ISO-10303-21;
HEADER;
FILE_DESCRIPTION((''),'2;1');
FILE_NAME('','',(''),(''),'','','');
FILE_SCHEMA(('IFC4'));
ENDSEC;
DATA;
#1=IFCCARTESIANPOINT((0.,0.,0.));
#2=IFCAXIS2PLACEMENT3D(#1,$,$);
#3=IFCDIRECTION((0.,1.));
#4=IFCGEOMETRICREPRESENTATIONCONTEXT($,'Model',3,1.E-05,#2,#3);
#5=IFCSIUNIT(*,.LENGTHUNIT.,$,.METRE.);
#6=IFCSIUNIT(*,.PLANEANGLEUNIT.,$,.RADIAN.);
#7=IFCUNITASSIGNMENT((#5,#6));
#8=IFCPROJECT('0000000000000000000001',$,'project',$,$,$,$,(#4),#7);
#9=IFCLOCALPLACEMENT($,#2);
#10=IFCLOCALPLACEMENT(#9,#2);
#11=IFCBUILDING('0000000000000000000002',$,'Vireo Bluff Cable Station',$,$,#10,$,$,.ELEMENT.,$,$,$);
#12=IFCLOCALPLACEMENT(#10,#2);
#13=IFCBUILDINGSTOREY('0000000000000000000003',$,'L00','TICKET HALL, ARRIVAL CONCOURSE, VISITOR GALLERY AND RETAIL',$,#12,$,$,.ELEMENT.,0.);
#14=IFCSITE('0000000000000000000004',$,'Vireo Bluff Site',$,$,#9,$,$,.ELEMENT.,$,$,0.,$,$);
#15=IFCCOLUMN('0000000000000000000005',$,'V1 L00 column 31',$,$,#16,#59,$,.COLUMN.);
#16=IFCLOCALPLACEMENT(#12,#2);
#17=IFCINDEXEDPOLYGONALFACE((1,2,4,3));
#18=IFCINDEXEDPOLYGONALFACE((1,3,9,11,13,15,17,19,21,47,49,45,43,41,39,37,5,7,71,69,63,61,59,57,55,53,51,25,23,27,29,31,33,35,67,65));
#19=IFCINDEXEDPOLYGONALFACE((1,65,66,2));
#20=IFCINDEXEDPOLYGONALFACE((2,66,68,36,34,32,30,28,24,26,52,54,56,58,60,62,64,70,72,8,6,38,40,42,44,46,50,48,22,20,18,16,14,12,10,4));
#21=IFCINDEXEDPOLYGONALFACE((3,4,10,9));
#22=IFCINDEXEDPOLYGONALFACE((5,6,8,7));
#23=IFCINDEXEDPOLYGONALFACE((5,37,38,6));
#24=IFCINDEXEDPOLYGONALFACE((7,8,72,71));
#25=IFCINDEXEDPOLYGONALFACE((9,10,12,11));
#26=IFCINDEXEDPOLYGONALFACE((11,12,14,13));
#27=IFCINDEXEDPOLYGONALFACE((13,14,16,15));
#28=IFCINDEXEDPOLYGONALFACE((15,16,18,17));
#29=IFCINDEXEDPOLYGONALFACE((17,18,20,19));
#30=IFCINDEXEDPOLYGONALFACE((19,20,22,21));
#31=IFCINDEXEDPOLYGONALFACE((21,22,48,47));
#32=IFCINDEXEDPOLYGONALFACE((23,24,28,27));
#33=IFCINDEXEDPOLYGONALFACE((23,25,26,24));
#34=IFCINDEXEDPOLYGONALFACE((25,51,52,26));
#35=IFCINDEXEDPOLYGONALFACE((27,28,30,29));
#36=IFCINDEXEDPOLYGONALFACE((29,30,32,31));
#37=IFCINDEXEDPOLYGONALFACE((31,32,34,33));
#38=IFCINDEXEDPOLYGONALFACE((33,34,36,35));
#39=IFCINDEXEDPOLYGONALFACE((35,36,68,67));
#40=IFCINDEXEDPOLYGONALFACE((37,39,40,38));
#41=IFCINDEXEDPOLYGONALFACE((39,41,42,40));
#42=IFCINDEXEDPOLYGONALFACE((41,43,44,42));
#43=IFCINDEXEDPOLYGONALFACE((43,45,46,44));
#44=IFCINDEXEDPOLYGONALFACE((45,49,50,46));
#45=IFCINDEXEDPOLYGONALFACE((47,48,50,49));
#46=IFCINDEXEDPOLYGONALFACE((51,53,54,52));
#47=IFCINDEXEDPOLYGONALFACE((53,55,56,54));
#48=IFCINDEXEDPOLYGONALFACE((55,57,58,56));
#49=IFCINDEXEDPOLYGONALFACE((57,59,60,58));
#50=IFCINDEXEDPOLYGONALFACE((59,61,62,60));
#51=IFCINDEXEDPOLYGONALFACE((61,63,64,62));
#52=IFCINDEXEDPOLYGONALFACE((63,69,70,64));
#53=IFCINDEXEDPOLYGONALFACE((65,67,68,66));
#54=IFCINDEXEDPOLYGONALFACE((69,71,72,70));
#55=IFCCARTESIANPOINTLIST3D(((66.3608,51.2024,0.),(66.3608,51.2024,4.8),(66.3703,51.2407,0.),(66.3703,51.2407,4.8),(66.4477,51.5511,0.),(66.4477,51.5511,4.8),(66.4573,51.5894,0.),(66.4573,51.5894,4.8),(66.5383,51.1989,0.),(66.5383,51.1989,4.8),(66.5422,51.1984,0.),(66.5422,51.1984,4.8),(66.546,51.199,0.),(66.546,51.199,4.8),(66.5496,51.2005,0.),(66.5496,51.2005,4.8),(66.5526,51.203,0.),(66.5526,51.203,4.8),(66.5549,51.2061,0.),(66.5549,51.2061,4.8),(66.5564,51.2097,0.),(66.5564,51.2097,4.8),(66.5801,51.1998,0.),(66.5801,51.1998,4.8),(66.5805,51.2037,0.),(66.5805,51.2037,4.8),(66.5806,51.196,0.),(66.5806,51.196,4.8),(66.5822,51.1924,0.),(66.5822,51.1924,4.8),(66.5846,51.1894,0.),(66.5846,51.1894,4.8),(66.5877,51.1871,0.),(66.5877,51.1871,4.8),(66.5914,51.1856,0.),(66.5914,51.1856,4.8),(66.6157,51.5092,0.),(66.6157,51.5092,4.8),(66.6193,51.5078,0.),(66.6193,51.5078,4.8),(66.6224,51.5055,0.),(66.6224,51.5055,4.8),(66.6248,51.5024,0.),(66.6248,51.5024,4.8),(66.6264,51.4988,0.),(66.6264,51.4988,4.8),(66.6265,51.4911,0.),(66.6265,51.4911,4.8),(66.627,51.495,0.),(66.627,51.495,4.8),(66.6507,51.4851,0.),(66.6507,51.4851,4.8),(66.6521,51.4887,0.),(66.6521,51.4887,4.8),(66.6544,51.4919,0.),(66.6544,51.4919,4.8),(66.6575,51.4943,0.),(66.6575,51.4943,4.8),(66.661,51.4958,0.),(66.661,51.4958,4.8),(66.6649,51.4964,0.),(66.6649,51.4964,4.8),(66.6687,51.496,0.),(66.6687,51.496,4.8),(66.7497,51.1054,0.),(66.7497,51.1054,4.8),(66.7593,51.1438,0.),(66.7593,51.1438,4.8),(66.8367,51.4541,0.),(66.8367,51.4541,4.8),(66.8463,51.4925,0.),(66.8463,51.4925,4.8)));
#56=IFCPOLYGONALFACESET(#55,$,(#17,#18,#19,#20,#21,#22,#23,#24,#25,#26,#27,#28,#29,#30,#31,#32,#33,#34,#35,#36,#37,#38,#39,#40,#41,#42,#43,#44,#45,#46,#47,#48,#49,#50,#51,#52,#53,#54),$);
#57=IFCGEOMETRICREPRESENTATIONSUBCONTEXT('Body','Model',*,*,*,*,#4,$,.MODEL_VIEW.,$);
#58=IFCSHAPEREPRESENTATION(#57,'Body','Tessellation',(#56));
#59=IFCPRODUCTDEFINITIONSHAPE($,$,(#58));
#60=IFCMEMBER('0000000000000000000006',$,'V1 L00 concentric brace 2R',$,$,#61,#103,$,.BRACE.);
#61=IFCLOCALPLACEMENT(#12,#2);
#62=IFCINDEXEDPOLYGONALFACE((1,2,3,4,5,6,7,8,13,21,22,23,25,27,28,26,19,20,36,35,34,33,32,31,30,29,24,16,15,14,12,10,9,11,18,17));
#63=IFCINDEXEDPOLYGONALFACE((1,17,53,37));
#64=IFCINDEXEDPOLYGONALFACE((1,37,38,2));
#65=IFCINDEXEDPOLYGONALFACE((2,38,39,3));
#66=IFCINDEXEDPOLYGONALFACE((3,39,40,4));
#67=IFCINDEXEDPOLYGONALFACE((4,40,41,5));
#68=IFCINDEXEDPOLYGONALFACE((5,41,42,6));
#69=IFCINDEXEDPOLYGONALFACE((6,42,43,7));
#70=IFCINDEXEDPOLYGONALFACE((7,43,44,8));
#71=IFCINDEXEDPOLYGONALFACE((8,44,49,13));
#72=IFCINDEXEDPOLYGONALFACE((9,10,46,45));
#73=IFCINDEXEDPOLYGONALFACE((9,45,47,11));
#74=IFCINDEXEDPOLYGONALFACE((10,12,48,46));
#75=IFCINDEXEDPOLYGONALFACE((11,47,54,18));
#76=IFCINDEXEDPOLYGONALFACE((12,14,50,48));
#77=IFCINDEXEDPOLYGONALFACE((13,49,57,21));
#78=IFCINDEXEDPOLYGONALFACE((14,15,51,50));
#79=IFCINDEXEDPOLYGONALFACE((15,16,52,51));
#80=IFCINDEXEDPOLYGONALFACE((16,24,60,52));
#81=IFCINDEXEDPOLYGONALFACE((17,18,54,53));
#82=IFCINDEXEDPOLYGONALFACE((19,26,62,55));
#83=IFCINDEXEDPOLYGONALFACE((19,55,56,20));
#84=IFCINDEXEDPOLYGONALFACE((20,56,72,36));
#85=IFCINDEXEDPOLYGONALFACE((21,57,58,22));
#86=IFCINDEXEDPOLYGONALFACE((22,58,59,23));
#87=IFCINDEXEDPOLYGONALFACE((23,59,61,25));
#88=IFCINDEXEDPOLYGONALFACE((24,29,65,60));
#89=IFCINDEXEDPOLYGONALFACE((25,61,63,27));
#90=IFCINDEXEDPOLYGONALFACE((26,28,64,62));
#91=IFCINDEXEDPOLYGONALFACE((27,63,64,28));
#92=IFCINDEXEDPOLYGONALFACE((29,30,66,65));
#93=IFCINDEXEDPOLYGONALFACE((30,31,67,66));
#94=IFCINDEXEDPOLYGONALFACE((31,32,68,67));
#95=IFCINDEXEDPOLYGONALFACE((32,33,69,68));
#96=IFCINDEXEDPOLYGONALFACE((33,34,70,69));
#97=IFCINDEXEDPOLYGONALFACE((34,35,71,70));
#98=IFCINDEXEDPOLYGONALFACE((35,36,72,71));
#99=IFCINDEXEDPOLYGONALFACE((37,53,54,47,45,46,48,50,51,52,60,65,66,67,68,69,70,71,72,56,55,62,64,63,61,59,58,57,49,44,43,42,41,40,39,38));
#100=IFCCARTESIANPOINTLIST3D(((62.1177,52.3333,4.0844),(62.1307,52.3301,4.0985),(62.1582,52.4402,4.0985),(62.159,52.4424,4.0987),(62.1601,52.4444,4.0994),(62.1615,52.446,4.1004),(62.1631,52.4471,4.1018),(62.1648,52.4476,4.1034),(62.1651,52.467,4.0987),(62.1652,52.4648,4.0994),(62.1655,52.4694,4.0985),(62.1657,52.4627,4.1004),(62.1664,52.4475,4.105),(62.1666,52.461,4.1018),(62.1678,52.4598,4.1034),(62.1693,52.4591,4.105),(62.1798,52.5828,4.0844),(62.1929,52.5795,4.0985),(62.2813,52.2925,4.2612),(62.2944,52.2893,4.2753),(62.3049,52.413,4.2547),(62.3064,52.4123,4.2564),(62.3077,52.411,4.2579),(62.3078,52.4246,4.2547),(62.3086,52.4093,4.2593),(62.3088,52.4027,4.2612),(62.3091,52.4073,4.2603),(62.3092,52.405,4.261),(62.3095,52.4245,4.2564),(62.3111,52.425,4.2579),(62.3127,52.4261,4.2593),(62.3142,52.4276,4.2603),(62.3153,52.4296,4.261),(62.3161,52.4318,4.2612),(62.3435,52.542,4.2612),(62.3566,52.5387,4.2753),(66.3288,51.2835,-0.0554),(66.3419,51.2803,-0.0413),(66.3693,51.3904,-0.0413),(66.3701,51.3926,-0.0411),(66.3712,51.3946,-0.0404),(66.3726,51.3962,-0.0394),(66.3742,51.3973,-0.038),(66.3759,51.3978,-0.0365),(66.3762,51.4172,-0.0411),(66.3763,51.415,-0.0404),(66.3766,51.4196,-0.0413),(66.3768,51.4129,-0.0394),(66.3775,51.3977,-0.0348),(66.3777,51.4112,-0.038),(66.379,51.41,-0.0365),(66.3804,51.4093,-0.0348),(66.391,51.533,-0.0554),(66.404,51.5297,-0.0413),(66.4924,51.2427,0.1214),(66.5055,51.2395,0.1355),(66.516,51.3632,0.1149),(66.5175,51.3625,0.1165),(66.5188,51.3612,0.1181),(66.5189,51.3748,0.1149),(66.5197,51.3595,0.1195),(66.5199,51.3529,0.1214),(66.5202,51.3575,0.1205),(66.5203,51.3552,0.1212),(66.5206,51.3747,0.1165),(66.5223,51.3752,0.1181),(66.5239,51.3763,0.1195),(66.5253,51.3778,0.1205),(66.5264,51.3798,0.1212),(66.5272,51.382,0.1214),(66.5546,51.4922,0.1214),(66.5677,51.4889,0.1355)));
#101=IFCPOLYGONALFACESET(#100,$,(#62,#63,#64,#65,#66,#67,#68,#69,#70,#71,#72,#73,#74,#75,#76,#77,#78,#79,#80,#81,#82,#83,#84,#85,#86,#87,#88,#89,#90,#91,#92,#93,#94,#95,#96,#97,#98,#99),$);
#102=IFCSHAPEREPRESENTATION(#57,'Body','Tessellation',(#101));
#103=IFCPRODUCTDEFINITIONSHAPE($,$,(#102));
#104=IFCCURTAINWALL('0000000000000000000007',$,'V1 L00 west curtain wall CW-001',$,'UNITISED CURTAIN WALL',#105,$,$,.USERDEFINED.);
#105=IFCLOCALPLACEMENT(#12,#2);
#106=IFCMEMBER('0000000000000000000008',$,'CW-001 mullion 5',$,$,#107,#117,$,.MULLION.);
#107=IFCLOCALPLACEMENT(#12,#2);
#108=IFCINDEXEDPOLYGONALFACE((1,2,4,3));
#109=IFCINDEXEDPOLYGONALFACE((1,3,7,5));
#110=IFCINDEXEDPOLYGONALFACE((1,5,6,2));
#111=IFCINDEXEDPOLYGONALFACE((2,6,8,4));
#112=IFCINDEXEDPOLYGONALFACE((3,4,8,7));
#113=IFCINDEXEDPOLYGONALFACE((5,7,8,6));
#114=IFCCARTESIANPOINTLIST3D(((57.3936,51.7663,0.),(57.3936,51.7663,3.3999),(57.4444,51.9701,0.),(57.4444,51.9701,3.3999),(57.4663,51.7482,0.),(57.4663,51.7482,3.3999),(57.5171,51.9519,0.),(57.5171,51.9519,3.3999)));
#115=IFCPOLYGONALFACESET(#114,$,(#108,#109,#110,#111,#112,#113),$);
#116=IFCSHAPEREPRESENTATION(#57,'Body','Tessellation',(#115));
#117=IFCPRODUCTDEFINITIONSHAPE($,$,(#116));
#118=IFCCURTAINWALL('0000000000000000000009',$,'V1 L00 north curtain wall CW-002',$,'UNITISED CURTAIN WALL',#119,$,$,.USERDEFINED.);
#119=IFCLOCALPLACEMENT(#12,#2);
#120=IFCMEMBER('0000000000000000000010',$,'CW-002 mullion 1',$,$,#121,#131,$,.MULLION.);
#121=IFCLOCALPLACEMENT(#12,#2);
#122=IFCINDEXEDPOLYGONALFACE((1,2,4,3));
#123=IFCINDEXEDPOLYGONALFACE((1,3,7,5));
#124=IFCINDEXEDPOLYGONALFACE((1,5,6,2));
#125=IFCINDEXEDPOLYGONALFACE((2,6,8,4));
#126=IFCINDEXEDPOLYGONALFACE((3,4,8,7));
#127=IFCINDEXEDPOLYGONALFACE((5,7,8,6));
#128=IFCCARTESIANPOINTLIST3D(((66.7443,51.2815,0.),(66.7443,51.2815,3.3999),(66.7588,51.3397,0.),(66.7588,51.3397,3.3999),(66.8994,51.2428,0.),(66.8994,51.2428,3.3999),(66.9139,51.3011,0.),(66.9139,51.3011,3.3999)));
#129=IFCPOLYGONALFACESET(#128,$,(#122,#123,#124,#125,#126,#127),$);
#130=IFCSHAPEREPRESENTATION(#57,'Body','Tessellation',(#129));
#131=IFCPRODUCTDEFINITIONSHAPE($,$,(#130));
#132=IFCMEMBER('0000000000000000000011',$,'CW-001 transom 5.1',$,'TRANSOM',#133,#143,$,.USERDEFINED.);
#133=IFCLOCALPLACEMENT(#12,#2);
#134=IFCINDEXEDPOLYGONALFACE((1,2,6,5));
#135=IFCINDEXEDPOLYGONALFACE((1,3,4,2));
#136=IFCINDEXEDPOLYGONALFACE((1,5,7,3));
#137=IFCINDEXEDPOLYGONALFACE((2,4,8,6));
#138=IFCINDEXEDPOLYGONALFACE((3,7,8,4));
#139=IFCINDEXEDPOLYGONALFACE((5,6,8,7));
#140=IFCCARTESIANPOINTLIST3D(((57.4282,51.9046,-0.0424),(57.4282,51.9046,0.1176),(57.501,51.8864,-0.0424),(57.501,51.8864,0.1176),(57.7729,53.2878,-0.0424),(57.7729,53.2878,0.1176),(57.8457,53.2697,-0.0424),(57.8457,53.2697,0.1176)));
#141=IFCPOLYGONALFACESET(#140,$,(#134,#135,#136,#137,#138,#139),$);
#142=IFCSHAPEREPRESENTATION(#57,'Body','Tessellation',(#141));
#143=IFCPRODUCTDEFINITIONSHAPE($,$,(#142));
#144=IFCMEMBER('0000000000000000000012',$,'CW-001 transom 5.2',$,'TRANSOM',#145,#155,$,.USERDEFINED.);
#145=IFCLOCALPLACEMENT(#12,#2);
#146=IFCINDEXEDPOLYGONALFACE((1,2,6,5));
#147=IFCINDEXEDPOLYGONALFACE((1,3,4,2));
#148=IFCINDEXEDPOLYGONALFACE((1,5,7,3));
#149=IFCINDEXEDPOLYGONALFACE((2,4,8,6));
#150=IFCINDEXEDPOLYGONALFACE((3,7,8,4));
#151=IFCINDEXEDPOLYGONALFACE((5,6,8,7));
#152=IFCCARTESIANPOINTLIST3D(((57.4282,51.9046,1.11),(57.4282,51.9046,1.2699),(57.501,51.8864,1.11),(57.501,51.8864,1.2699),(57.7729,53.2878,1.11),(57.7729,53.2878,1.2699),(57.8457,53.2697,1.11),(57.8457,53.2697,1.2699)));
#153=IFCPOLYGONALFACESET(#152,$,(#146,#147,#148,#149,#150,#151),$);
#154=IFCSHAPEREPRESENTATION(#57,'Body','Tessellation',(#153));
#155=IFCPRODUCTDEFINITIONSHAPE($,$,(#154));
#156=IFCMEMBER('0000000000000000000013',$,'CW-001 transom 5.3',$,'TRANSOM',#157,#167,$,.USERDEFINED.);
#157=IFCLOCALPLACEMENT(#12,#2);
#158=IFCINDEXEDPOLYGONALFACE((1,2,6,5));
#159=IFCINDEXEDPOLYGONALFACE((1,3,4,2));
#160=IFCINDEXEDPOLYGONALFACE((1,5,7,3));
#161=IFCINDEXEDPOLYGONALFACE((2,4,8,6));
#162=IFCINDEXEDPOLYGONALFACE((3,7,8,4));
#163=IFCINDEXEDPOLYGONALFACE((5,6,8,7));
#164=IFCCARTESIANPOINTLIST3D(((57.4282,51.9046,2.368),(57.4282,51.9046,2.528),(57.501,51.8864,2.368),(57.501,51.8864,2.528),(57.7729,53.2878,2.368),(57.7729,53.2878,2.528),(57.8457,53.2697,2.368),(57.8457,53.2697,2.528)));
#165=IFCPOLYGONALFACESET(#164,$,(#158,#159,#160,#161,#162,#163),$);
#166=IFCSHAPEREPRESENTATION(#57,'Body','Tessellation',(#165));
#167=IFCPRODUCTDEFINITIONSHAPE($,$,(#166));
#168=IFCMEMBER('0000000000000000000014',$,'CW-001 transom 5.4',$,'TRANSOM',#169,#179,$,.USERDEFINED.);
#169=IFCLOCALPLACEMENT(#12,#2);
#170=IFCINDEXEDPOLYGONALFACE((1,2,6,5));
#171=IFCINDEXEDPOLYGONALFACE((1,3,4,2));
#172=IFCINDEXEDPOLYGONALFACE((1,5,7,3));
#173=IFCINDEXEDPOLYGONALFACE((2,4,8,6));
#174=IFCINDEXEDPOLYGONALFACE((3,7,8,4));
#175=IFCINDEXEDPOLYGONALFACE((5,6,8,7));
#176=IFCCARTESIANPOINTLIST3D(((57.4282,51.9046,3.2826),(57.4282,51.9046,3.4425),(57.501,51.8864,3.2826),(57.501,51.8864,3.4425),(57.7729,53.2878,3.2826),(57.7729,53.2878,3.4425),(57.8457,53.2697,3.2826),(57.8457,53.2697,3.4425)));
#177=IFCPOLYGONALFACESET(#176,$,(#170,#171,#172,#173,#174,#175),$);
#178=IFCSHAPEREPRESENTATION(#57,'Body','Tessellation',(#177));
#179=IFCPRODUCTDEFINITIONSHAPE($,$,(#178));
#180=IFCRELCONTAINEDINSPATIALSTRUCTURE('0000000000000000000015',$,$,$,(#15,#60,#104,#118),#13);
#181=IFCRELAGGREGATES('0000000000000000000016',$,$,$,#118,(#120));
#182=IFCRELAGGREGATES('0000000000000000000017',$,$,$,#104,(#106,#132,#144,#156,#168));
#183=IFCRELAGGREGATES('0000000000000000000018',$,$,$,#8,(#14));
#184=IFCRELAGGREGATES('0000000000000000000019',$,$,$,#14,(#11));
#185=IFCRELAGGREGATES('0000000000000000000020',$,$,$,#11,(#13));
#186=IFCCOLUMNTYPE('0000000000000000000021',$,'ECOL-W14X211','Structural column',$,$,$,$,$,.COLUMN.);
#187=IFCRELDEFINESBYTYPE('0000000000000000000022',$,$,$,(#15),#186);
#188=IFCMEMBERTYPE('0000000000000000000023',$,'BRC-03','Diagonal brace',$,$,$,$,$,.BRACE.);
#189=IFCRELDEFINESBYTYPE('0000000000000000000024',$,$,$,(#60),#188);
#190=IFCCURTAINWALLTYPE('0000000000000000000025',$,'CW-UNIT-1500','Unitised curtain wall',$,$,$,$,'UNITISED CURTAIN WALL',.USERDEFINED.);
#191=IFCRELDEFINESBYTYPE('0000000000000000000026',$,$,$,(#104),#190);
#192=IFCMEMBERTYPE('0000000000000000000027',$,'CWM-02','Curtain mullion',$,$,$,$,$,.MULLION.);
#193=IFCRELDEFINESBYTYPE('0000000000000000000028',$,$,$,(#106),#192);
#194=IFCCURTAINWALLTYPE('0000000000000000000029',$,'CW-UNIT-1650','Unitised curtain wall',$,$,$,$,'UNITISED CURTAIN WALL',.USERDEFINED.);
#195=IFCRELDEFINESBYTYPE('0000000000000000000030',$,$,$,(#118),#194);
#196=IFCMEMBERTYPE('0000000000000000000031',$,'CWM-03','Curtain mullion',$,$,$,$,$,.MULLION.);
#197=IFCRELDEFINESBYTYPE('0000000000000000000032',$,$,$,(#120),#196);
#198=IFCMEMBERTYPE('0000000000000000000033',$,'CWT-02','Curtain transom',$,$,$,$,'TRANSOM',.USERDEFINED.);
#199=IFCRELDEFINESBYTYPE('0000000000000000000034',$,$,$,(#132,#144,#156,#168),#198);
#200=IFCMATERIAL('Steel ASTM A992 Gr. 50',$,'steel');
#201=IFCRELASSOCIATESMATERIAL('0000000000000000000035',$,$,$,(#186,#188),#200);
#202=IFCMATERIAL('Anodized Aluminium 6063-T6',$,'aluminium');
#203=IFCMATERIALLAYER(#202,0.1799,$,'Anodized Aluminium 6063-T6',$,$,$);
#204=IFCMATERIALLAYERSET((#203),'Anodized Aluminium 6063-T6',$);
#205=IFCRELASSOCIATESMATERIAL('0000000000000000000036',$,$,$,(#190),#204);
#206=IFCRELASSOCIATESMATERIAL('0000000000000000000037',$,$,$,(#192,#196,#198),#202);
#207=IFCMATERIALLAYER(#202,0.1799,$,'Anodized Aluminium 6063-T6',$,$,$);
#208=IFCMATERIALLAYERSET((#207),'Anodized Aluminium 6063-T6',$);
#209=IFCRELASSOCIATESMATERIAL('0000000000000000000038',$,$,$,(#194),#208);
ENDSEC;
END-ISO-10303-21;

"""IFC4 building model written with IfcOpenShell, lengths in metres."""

from ifc_helpers import new_model, si_unit, direction, frame, origin, origin_2d, place, context, subcontext, project, spatial, rectangle, i_section, extrude, material, layer, layer_set, material_profile, profile_set, type_object, element, aggregate, save


model = new_model("IFC4")

# Units and contexts
model_context = context("Model", 3, precision=1e-05, world=origin(), true_north=direction((0.0, 1.0)))
body_context = subcontext(model_context, "Body", "Model", "MODEL_VIEW")
ifc_project = project(units=[si_unit("LENGTHUNIT", "METRE"), si_unit("PLANEANGLEUNIT", "RADIAN")], contexts=[model_context])

# Site, building, storey
site_placement = place(None, origin())
site = spatial("IfcSite", under=ifc_project, at=site_placement, Name="Vireo Bluff Site", CompositionType="ELEMENT", RefElevation=0.0)
building_placement = place(site_placement, origin())
building = spatial("IfcBuilding", under=site, at=building_placement, Name="Vireo Bluff Cable Station", CompositionType="ELEMENT")
storey_placement = place(building_placement, origin())
storey = spatial("IfcBuildingStorey", under=building, at=storey_placement, Name="L00", Description="TICKET HALL, ARRIVAL CONCOURSE, VISITOR GALLERY AND RETAIL", CompositionType="ELEMENT", Elevation=0.0)

# Column
ifc_material_1 = material(Name="Steel ASTM A992 Gr. 50", Category="steel")
ifc_material_profile_1 = material_profile(ifc_material_1, i_section(OverallWidth=0.4009, OverallDepth=0.3989, WebThickness=0.0249, FlangeThickness=0.0396, FilletRadius=0.0149, at=origin_2d()), Name="W14X211")
ifc_profile_set_1 = profile_set([ifc_material_profile_1], Name="Steel ASTM A992 Gr. 50")
column_type = type_object("IfcColumnType", Name="ECOL-W14X211", Description="Structural column", PredefinedType="COLUMN", material=ifc_profile_set_1)
column_placement = place(storey_placement, frame((66.6035, 51.3474, 0.0), z_axis=(0.0, 0.0, 1.0), x_axis=(0.970296, -0.241922, 0.0)))
element("IfcColumn", 1, at=column_placement, inside=storey, type_object=column_type, Name="V1 L00 column 31", PredefinedType="COLUMN", context=body_context, shape_type="SweptSolid", body=[
    extrude(i_section(OverallWidth=0.4009, OverallDepth=0.3989, WebThickness=0.0249, FlangeThickness=0.0396, FilletRadius=0.0149, at=origin_2d()), origin(), (0.0, 0.0, 1.0), 4.8),
])

# Member
ifc_material_profile_2 = material_profile(ifc_material_1, i_section(OverallWidth=0.2571, OverallDepth=0.2639, WebThickness=0.012, FlangeThickness=0.0195, FilletRadius=0.009, at=origin_2d()), Name="W10X68")
ifc_profile_set_2 = profile_set([ifc_material_profile_2], Name="Steel ASTM A992 Gr. 50")
member_type_1 = type_object("IfcMemberType", Name="BRC-03", Description="Diagonal brace", PredefinedType="BRACE", material=ifc_profile_set_2)
member_1_placement = place(storey_placement, frame((66.4482, 51.3862, 0.04), z_axis=(-0.702109, 0.175029, 0.690223), x_axis=(-0.241887, -0.970304, 0.0)))
element("IfcMember", 2, at=member_1_placement, inside=storey, type_object=member_type_1, Name="V1 L00 concentric brace 2R", PredefinedType="BRACE", context=body_context, shape_type="SweptSolid", body=[
    extrude(i_section(OverallWidth=0.2571, OverallDepth=0.2639, WebThickness=0.012, FlangeThickness=0.0195, FilletRadius=0.009, at=origin_2d()), origin(), (0.0, 0.0, 1.0), 5.9978),
])

# Curtain walls, members
ifc_material_2 = material(Name="Anodized Aluminium 6063-T6", Category="aluminium")
ifc_layer_1 = layer(ifc_material_2, 0.1799, Name="Anodized Aluminium 6063-T6")
ifc_layer_set_1 = layer_set([ifc_layer_1], Name="Anodized Aluminium 6063-T6")
curtain_wall_type_1 = type_object("IfcCurtainWallType", Name="CW-UNIT-1500", Description="Unitised curtain wall", ElementType="UNITISED CURTAIN WALL", PredefinedType="USERDEFINED", material=ifc_layer_set_1)
curtain_wall_1_placement = place(storey_placement, origin())
curtain_wall_1 = element("IfcCurtainWall", 3, at=curtain_wall_1_placement, inside=storey, type_object=curtain_wall_type_1, Name="V1 L00 west curtain wall CW-001", ObjectType="UNITISED CURTAIN WALL", PredefinedType="USERDEFINED")
ifc_material_profile_3 = material_profile(ifc_material_2, rectangle(XDim=0.075, YDim=0.21, at=origin_2d()), Name="ALU-M-75X210")
ifc_profile_set_3 = profile_set([ifc_material_profile_3], Name="Anodized Aluminium 6063-T6")
member_type_2 = type_object("IfcMemberType", Name="CWM-02", Description="Curtain mullion", PredefinedType="MULLION", material=ifc_profile_set_3)
member_2_placement = place(storey_placement, frame((57.4553, 51.8591, 0.0), z_axis=(0.0, 0.0, 1.0), x_axis=(-0.970296, 0.241922, 0.0)))
member_2 = element("IfcMember", 4, at=member_2_placement, type_object=member_type_2, Name="CW-001 mullion 5", PredefinedType="MULLION", context=body_context, shape_type="SweptSolid", body=[
    extrude(rectangle(XDim=0.075, YDim=0.21, at=origin_2d()), origin(), (0.0, 0.0, 1.0), 3.3999),
])
ifc_layer_2 = layer(ifc_material_2, 0.1799, Name="Anodized Aluminium 6063-T6")
ifc_layer_set_2 = layer_set([ifc_layer_2], Name="Anodized Aluminium 6063-T6")
curtain_wall_type_2 = type_object("IfcCurtainWallType", Name="CW-UNIT-1650", Description="Unitised curtain wall", ElementType="UNITISED CURTAIN WALL", PredefinedType="USERDEFINED", material=ifc_layer_set_2)
curtain_wall_2_placement = place(storey_placement, origin())
curtain_wall_2 = element("IfcCurtainWall", 5, at=curtain_wall_2_placement, inside=storey, type_object=curtain_wall_type_2, Name="V1 L00 north curtain wall CW-002", ObjectType="UNITISED CURTAIN WALL", PredefinedType="USERDEFINED")
ifc_material_profile_4 = material_profile(ifc_material_2, rectangle(XDim=0.0601, YDim=0.1599, at=origin_2d()), Name="ALU-M-60X160")
ifc_profile_set_4 = profile_set([ifc_material_profile_4], Name="Anodized Aluminium 6063-T6")
member_type_3 = type_object("IfcMemberType", Name="CWM-03", Description="Curtain mullion", PredefinedType="MULLION", material=ifc_profile_set_4)
member_3_placement = place(storey_placement, frame((66.8291, 51.2913, 0.0), z_axis=(0.0, 0.0, 1.0), x_axis=(0.241922, 0.970296, 0.0)))
member_3 = element("IfcMember", 6, at=member_3_placement, type_object=member_type_3, Name="CW-002 mullion 1", PredefinedType="MULLION", context=body_context, shape_type="SweptSolid", body=[
    extrude(rectangle(XDim=0.0601, YDim=0.1599, at=origin_2d()), origin(), (0.0, 0.0, 1.0), 3.3999),
])

# Members
ifc_material_profile_5 = material_profile(ifc_material_2, rectangle(XDim=0.075, YDim=0.1599, at=origin_2d()), Name="ALU-T-75X160")
ifc_profile_set_5 = profile_set([ifc_material_profile_5], Name="Anodized Aluminium 6063-T6")
member_type_4 = type_object("IfcMemberType", Name="CWT-02", Description="Curtain transom", ElementType="TRANSOM", PredefinedType="USERDEFINED", material=ifc_profile_set_5)
member_4_placement = place(storey_placement, frame((57.4646, 51.8955, 0.0376), z_axis=(0.24181, 0.970324, 0.0), x_axis=(-0.970324, 0.24181, 0.0)))
member_4 = element("IfcMember", 7, at=member_4_placement, type_object=member_type_4, Name="CW-001 transom 5.1", ObjectType="TRANSOM", PredefinedType="USERDEFINED", context=body_context, shape_type="SweptSolid", body=[
    extrude(rectangle(XDim=0.075, YDim=0.1599, at=origin_2d()), origin(), (0.0, 0.0, 1.0), 1.4255),
])
member_5_placement = place(storey_placement, frame((57.4646, 51.8955, 1.1899), z_axis=(0.24181, 0.970324, 0.0), x_axis=(-0.970324, 0.24181, 0.0)))
member_5 = element("IfcMember", 8, at=member_5_placement, type_object=member_type_4, Name="CW-001 transom 5.2", ObjectType="TRANSOM", PredefinedType="USERDEFINED", context=body_context, shape_type="SweptSolid", body=[
    extrude(rectangle(XDim=0.075, YDim=0.1599, at=origin_2d()), origin(), (0.0, 0.0, 1.0), 1.4255),
])
member_6_placement = place(storey_placement, frame((57.4646, 51.8955, 2.448), z_axis=(0.24181, 0.970324, 0.0), x_axis=(-0.970324, 0.24181, 0.0)))
member_6 = element("IfcMember", 9, at=member_6_placement, type_object=member_type_4, Name="CW-001 transom 5.3", ObjectType="TRANSOM", PredefinedType="USERDEFINED", context=body_context, shape_type="SweptSolid", body=[
    extrude(rectangle(XDim=0.075, YDim=0.1599, at=origin_2d()), origin(), (0.0, 0.0, 1.0), 1.4255),
])
member_7_placement = place(storey_placement, frame((57.4646, 51.8955, 3.3625), z_axis=(0.24181, 0.970324, 0.0), x_axis=(-0.970324, 0.24181, 0.0)))
member_7 = element("IfcMember", 10, at=member_7_placement, type_object=member_type_4, Name="CW-001 transom 5.4", ObjectType="TRANSOM", PredefinedType="USERDEFINED", context=body_context, shape_type="SweptSolid", body=[
    extrude(rectangle(XDim=0.075, YDim=0.1599, at=origin_2d()), origin(), (0.0, 0.0, 1.0), 1.4255),
])
aggregate(curtain_wall_2, [member_3])

aggregate(curtain_wall_1, [member_2, member_4, member_5, member_6, member_7])

save(model, "model.ifc")
